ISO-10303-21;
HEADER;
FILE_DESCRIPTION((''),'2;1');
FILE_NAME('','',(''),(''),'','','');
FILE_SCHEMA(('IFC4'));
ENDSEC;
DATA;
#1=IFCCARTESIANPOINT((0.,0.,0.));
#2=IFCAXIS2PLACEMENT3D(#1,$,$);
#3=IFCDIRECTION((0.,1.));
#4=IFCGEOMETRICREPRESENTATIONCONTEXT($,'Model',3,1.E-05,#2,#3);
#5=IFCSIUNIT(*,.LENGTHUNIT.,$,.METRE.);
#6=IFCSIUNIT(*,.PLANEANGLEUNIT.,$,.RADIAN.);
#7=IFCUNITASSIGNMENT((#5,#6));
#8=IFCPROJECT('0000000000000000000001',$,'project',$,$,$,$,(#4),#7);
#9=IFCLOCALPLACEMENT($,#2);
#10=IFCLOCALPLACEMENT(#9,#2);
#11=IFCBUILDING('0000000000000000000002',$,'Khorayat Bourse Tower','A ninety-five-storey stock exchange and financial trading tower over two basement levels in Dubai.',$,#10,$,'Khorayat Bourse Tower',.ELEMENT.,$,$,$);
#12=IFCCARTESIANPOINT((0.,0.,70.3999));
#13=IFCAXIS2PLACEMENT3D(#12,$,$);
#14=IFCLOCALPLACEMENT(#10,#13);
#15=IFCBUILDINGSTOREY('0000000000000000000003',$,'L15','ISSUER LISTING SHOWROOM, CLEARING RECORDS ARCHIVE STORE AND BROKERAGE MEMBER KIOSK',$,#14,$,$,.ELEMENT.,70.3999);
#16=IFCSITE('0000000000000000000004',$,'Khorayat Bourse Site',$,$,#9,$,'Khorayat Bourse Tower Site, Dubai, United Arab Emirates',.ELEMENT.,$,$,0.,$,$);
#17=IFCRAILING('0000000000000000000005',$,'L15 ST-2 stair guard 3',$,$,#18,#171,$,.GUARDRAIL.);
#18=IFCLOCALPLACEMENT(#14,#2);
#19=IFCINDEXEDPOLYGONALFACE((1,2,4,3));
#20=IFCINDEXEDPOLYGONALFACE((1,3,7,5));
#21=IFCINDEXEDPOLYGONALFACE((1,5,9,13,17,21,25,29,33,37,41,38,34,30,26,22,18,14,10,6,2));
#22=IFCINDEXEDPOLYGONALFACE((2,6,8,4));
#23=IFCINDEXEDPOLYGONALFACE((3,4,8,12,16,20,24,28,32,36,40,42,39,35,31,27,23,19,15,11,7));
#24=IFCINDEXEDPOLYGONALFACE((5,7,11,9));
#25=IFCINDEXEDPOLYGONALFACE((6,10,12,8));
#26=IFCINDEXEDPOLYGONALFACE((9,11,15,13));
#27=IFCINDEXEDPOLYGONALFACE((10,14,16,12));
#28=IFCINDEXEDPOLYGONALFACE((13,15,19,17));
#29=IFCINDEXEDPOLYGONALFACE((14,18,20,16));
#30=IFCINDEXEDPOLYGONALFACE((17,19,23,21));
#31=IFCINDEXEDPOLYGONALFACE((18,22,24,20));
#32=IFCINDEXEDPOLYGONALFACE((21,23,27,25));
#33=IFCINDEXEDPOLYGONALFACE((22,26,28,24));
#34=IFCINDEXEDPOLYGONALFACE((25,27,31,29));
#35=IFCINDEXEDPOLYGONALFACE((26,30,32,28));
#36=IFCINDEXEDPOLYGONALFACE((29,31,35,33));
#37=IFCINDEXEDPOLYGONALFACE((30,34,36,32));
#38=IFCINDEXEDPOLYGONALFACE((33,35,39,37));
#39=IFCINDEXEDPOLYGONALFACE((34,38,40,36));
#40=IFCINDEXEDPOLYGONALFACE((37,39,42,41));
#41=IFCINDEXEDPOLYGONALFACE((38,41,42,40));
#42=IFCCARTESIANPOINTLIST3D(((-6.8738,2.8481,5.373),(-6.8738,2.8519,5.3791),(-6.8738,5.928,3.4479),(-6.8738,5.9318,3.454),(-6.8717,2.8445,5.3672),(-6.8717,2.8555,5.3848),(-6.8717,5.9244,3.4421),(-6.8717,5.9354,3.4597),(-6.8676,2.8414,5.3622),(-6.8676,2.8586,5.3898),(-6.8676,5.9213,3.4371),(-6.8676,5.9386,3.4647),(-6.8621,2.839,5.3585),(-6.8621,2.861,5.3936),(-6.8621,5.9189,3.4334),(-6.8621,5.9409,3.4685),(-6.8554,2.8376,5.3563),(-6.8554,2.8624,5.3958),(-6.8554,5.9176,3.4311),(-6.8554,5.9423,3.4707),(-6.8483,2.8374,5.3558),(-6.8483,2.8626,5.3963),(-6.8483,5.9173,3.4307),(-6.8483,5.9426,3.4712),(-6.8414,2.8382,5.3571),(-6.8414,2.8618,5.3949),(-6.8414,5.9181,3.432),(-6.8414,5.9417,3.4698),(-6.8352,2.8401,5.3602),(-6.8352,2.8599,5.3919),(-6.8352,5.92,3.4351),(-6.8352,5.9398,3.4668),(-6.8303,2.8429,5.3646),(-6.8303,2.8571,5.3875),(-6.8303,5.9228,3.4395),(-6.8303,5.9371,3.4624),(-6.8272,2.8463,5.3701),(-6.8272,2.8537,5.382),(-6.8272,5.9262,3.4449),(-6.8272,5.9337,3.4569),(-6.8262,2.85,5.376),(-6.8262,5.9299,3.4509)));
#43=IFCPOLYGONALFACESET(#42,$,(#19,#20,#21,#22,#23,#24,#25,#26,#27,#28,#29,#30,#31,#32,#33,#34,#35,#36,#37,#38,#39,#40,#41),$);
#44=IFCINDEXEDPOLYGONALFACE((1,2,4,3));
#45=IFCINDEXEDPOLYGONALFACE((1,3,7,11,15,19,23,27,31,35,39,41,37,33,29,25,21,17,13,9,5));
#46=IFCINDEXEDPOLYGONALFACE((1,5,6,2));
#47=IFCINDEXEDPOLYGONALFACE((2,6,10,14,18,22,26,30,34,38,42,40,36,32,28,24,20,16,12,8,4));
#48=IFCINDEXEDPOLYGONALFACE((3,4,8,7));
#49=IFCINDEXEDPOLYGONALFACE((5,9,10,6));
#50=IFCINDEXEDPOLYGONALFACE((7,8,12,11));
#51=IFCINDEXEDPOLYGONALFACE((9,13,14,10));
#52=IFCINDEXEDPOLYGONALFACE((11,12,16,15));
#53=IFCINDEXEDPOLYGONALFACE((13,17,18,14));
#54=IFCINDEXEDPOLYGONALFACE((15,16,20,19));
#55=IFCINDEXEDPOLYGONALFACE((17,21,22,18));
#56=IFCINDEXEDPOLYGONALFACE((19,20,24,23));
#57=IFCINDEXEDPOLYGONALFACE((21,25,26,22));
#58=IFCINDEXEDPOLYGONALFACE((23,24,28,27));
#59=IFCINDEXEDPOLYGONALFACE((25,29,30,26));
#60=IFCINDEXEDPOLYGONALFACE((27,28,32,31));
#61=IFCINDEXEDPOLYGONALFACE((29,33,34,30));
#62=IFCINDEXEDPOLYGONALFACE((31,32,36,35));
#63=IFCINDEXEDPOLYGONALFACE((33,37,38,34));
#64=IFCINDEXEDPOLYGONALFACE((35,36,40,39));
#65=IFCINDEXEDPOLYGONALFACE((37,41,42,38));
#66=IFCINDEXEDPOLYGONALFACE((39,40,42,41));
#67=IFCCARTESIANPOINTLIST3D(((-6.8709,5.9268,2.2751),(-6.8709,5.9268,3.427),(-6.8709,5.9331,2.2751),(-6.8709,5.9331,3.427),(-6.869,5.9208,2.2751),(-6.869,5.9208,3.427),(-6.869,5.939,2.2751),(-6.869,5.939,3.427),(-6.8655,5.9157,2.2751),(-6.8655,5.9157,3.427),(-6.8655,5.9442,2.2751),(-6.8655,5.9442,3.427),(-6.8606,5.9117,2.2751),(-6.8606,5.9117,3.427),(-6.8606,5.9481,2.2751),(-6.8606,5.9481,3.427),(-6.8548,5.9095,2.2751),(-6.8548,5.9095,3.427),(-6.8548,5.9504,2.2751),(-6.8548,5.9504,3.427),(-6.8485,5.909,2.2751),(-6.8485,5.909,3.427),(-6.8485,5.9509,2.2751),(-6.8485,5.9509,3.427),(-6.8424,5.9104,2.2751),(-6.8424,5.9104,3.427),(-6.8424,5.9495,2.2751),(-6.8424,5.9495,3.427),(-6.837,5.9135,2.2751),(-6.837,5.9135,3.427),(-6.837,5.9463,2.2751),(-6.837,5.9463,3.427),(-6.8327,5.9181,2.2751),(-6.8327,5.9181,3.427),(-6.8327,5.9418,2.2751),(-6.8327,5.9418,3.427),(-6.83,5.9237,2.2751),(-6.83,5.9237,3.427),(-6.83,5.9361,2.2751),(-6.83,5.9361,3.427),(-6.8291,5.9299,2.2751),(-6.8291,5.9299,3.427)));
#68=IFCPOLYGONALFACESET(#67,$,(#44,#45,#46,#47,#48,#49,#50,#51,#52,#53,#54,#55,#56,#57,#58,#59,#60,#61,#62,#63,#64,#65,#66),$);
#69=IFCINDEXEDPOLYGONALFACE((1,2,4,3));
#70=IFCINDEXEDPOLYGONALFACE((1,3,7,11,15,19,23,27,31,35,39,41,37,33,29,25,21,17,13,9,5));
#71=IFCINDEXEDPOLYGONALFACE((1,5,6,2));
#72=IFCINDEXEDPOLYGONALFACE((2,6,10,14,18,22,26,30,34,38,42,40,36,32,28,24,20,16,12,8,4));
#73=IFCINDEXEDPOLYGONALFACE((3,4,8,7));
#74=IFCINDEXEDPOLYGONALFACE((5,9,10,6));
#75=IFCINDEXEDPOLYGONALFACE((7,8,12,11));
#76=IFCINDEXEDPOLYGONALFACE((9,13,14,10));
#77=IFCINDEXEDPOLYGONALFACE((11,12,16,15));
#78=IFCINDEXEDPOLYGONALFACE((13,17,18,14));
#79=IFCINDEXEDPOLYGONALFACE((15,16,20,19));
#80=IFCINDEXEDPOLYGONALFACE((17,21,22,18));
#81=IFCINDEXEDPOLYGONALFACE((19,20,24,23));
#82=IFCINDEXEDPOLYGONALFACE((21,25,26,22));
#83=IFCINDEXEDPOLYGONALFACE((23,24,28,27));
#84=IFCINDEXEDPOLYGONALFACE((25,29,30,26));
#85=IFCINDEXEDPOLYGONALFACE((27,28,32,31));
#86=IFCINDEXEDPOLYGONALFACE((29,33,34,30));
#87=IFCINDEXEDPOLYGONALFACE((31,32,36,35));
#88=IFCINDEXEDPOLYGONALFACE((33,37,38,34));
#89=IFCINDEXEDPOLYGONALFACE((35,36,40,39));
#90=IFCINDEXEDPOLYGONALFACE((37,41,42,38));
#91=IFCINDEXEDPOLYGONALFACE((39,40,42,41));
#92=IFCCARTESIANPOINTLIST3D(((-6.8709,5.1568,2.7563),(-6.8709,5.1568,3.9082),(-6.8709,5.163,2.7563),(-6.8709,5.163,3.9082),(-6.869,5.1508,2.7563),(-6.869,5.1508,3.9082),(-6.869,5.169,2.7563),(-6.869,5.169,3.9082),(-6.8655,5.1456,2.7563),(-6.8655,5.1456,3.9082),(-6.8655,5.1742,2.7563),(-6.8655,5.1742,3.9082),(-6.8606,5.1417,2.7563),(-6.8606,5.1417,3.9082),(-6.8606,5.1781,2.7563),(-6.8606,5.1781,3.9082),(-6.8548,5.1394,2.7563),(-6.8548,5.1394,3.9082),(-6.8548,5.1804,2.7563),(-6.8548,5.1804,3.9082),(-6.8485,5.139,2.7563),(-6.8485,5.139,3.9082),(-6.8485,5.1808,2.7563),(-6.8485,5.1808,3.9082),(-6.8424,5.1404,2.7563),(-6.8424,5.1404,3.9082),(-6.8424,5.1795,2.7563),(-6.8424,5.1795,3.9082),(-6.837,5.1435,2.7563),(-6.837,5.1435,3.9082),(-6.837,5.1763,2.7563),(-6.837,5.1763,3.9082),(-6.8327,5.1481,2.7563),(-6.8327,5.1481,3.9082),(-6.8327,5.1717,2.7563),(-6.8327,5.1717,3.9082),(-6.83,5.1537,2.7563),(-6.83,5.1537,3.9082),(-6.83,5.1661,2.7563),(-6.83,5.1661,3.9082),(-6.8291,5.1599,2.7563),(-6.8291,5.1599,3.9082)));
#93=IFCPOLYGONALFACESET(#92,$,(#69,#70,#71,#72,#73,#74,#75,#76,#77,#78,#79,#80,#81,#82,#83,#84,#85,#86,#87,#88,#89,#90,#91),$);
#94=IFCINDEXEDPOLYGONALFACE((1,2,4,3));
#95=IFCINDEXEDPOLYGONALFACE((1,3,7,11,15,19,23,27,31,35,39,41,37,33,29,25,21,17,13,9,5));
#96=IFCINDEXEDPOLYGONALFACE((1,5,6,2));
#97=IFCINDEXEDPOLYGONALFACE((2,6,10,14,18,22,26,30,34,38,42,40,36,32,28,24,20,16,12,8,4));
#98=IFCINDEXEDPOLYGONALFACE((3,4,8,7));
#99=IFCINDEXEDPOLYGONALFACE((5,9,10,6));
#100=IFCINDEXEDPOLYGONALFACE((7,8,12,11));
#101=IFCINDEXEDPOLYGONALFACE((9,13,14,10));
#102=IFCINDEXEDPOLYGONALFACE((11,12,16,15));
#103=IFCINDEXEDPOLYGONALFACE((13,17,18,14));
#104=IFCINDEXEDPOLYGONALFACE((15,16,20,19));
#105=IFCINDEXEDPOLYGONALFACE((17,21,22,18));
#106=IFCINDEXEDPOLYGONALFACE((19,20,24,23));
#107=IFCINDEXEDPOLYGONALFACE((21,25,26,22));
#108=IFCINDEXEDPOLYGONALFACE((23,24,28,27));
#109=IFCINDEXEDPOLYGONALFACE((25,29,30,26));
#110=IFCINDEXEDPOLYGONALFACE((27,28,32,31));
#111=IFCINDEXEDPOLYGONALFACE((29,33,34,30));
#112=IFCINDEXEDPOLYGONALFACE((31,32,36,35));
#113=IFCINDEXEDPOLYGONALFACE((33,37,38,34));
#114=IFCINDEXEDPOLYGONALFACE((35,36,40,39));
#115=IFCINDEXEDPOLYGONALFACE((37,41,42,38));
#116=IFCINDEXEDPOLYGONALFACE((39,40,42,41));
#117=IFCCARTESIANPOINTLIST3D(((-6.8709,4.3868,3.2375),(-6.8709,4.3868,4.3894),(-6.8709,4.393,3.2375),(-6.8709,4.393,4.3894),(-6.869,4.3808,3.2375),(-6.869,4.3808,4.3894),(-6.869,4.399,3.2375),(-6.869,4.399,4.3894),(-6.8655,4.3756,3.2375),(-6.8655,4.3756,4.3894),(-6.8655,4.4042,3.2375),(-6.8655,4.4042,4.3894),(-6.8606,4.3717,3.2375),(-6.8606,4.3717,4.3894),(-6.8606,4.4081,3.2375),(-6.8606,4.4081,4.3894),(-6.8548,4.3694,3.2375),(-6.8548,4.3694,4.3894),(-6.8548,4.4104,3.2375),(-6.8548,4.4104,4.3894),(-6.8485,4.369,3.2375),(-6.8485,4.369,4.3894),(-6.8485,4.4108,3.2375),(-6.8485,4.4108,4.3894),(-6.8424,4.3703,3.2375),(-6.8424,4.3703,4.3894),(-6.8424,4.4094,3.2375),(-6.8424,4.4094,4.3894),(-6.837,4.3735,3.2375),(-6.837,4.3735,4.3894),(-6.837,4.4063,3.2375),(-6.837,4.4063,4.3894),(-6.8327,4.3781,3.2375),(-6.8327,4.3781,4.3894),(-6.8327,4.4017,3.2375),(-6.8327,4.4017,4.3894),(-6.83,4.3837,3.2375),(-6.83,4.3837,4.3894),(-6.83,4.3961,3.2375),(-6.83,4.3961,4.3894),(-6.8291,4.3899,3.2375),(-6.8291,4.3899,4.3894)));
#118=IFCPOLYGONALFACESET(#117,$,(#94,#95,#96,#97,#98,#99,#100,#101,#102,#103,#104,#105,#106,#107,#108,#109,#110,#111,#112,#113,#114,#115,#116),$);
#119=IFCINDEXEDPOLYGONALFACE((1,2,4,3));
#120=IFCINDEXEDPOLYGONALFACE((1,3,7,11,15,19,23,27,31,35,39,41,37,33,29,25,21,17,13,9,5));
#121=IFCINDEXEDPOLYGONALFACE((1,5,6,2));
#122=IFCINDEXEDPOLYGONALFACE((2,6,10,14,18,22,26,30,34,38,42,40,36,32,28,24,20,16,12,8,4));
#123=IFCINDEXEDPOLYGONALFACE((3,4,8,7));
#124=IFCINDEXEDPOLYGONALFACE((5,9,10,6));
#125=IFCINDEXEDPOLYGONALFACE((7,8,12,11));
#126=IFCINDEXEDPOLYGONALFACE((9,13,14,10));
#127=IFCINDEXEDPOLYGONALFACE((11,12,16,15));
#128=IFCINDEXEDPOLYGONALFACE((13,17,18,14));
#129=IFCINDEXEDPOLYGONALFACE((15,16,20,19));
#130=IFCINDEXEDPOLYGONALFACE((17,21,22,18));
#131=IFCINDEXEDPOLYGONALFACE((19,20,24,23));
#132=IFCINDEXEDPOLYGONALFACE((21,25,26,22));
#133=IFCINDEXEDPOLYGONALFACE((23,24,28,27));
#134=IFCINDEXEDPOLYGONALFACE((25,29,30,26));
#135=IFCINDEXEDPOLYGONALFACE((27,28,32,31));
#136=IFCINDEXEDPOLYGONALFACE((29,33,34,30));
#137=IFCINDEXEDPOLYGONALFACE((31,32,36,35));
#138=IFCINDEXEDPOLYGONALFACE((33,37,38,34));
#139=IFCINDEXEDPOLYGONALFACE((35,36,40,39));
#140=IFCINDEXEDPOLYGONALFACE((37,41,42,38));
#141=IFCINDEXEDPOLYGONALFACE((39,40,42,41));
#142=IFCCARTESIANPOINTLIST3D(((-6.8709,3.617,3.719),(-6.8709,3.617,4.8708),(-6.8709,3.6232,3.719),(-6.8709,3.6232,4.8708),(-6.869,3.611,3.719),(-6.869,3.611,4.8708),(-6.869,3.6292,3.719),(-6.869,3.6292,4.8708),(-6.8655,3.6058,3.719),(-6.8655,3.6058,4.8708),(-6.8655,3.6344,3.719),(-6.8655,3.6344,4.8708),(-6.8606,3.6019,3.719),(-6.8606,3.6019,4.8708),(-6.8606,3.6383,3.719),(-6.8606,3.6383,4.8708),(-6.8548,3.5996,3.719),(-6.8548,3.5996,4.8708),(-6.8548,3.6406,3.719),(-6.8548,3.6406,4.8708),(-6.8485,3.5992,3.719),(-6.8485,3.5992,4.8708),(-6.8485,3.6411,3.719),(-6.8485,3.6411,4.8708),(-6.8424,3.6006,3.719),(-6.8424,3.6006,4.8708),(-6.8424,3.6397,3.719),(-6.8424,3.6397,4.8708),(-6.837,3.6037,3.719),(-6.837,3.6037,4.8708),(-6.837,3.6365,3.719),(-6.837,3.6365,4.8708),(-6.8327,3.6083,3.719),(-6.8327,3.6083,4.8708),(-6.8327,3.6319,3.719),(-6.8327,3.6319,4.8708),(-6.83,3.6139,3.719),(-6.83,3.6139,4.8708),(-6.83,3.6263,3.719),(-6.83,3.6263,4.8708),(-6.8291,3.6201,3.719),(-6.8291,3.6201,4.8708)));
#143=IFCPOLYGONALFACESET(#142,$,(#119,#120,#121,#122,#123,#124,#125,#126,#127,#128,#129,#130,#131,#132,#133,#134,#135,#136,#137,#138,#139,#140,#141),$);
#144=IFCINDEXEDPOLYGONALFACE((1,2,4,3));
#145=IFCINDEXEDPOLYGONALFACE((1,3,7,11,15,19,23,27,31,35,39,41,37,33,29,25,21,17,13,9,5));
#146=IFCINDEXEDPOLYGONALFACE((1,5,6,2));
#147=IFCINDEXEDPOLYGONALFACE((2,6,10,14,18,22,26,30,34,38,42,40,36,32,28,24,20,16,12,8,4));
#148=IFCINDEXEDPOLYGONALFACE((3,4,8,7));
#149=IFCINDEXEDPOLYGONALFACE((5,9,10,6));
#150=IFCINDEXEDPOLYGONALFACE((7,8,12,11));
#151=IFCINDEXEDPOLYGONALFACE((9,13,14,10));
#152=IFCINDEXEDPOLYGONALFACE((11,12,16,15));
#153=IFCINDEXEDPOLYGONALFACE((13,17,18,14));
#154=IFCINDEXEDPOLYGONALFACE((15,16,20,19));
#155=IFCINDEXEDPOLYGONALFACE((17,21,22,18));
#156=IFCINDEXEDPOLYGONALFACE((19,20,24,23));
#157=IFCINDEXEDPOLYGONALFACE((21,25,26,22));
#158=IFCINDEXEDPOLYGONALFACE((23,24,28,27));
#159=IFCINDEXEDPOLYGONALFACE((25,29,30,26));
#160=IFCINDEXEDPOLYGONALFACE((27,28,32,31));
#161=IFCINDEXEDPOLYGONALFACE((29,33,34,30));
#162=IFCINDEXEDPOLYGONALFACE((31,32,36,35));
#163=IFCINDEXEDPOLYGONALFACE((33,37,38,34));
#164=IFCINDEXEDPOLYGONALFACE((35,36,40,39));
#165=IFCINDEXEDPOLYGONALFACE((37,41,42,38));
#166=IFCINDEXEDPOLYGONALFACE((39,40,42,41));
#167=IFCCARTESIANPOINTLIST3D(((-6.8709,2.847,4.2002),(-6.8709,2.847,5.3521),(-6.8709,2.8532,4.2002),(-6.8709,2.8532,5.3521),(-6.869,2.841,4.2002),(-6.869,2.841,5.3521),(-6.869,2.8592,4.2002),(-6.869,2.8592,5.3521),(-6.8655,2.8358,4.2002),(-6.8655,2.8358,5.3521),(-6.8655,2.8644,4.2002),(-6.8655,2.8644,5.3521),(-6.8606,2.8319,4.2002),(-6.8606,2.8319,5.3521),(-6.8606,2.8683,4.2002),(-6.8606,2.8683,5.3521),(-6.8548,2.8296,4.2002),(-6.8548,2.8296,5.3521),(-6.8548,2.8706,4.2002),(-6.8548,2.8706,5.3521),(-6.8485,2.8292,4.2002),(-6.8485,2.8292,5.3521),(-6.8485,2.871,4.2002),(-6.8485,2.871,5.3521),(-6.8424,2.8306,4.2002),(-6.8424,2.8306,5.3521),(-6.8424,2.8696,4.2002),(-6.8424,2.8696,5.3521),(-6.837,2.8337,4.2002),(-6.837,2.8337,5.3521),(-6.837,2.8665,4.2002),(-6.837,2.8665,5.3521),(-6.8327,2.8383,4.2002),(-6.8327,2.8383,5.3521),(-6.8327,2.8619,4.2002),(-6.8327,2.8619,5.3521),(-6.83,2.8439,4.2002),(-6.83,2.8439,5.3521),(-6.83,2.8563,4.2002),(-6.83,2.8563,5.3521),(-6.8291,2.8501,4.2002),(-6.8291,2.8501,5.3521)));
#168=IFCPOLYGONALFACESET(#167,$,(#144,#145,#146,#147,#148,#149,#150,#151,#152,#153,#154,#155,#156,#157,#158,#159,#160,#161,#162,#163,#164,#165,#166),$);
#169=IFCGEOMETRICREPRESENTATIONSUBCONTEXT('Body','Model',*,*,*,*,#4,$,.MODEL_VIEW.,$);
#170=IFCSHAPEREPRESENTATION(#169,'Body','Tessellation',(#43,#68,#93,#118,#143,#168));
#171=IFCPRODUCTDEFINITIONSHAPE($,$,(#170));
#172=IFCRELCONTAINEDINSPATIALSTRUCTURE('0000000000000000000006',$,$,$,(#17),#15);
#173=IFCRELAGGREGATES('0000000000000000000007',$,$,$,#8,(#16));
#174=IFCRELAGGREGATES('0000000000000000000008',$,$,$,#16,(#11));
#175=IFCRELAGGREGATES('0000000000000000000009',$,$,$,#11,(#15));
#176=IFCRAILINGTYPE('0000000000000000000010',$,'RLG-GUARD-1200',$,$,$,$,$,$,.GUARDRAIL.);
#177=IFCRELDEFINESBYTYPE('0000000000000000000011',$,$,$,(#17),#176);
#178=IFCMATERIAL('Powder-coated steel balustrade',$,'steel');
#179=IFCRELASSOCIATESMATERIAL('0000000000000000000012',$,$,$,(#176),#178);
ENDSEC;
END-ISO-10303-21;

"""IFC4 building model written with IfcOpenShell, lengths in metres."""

from ifc_helpers import new_model, si_unit, direction, frame, origin, origin_2d, place, context, subcontext, project, spatial, circle, extrude, source, transform, mapped, material, type_object, element, save


model = new_model("IFC4")

# Units and contexts
model_context = context("Model", 3, precision=1e-05, world=origin(), true_north=direction((0.0, 1.0)))
body_context = subcontext(model_context, "Body", "Model", "MODEL_VIEW")
ifc_project = project(units=[si_unit("LENGTHUNIT", "METRE"), si_unit("PLANEANGLEUNIT", "RADIAN")], contexts=[model_context])

# Site, building, storey
site_placement = place(None, origin())
site = spatial("IfcSite", under=ifc_project, at=site_placement, Name="Khorayat Bourse Site", LongName="Khorayat Bourse Tower Site, Dubai, United Arab Emirates", CompositionType="ELEMENT", RefElevation=0.0)
building_placement = place(site_placement, origin())
building = spatial("IfcBuilding", under=site, at=building_placement, Name="Khorayat Bourse Tower", Description="A ninety-five-storey stock exchange and financial trading tower over two basement levels in Dubai.", LongName="Khorayat Bourse Tower", CompositionType="ELEMENT")
storey_placement = place(building_placement, frame((0.0, 0.0, 70.3999)))
storey = spatial("IfcBuildingStorey", under=building, at=storey_placement, Name="L15", Description="ISSUER LISTING SHOWROOM, CLEARING RECORDS ARCHIVE STORE AND BROKERAGE MEMBER KIOSK", CompositionType="ELEMENT", Elevation=70.3999)

# Railing
ifc_material_1 = material(Name="Powder-coated steel balustrade", Category="steel")
railing_type_1 = type_object("IfcRailingType", Name="RLG-GUARD-1200", PredefinedType="GUARDRAIL", material=ifc_material_1)
shared_shape_1 = source(origin(), body_context, "Body", "SweptSolid", [
    extrude(circle(Radius=0.0239, at=origin_2d()), frame((0.0, 0.0, 1.1758), z_axis=(0.0, -0.847979, 0.530029), x_axis=(1.0, 0.0, 0.0)), (0.0, 0.0, 1.0), 3.6321),
    extrude(circle(Radius=0.021, at=origin_2d()), origin(), (0.0, 0.0, 1.0), 1.1519),
    extrude(circle(Radius=0.021, at=origin_2d()), frame((0.0, -0.77, 0.4812)), (0.0, 0.0, 1.0), 1.1519),
    extrude(circle(Radius=0.021, at=origin_2d()), frame((0.0, -1.54, 0.9624)), (0.0, 0.0, 1.0), 1.1519),
    extrude(circle(Radius=0.021, at=origin_2d()), frame((0.0, -2.3098, 1.4438)), (0.0, 0.0, 1.0), 1.1519),
    extrude(circle(Radius=0.021, at=origin_2d()), frame((0.0, -3.0798, 1.925)), (0.0, 0.0, 1.0), 1.1519),
])
railing_1_placement = place(storey_placement, frame((-6.8501, 5.9299, 2.2751)))
element("IfcRailing", 1, at=railing_1_placement, inside=storey, type_object=railing_type_1, Name="L15 ST-2 stair guard 3", PredefinedType="GUARDRAIL", context=body_context, shape_type="MappedRepresentation", body=[
    mapped(shared_shape_1, transform((0.0, 0.0, 0.0), scale=1.0)),
])

save(model, "model.ifc")
